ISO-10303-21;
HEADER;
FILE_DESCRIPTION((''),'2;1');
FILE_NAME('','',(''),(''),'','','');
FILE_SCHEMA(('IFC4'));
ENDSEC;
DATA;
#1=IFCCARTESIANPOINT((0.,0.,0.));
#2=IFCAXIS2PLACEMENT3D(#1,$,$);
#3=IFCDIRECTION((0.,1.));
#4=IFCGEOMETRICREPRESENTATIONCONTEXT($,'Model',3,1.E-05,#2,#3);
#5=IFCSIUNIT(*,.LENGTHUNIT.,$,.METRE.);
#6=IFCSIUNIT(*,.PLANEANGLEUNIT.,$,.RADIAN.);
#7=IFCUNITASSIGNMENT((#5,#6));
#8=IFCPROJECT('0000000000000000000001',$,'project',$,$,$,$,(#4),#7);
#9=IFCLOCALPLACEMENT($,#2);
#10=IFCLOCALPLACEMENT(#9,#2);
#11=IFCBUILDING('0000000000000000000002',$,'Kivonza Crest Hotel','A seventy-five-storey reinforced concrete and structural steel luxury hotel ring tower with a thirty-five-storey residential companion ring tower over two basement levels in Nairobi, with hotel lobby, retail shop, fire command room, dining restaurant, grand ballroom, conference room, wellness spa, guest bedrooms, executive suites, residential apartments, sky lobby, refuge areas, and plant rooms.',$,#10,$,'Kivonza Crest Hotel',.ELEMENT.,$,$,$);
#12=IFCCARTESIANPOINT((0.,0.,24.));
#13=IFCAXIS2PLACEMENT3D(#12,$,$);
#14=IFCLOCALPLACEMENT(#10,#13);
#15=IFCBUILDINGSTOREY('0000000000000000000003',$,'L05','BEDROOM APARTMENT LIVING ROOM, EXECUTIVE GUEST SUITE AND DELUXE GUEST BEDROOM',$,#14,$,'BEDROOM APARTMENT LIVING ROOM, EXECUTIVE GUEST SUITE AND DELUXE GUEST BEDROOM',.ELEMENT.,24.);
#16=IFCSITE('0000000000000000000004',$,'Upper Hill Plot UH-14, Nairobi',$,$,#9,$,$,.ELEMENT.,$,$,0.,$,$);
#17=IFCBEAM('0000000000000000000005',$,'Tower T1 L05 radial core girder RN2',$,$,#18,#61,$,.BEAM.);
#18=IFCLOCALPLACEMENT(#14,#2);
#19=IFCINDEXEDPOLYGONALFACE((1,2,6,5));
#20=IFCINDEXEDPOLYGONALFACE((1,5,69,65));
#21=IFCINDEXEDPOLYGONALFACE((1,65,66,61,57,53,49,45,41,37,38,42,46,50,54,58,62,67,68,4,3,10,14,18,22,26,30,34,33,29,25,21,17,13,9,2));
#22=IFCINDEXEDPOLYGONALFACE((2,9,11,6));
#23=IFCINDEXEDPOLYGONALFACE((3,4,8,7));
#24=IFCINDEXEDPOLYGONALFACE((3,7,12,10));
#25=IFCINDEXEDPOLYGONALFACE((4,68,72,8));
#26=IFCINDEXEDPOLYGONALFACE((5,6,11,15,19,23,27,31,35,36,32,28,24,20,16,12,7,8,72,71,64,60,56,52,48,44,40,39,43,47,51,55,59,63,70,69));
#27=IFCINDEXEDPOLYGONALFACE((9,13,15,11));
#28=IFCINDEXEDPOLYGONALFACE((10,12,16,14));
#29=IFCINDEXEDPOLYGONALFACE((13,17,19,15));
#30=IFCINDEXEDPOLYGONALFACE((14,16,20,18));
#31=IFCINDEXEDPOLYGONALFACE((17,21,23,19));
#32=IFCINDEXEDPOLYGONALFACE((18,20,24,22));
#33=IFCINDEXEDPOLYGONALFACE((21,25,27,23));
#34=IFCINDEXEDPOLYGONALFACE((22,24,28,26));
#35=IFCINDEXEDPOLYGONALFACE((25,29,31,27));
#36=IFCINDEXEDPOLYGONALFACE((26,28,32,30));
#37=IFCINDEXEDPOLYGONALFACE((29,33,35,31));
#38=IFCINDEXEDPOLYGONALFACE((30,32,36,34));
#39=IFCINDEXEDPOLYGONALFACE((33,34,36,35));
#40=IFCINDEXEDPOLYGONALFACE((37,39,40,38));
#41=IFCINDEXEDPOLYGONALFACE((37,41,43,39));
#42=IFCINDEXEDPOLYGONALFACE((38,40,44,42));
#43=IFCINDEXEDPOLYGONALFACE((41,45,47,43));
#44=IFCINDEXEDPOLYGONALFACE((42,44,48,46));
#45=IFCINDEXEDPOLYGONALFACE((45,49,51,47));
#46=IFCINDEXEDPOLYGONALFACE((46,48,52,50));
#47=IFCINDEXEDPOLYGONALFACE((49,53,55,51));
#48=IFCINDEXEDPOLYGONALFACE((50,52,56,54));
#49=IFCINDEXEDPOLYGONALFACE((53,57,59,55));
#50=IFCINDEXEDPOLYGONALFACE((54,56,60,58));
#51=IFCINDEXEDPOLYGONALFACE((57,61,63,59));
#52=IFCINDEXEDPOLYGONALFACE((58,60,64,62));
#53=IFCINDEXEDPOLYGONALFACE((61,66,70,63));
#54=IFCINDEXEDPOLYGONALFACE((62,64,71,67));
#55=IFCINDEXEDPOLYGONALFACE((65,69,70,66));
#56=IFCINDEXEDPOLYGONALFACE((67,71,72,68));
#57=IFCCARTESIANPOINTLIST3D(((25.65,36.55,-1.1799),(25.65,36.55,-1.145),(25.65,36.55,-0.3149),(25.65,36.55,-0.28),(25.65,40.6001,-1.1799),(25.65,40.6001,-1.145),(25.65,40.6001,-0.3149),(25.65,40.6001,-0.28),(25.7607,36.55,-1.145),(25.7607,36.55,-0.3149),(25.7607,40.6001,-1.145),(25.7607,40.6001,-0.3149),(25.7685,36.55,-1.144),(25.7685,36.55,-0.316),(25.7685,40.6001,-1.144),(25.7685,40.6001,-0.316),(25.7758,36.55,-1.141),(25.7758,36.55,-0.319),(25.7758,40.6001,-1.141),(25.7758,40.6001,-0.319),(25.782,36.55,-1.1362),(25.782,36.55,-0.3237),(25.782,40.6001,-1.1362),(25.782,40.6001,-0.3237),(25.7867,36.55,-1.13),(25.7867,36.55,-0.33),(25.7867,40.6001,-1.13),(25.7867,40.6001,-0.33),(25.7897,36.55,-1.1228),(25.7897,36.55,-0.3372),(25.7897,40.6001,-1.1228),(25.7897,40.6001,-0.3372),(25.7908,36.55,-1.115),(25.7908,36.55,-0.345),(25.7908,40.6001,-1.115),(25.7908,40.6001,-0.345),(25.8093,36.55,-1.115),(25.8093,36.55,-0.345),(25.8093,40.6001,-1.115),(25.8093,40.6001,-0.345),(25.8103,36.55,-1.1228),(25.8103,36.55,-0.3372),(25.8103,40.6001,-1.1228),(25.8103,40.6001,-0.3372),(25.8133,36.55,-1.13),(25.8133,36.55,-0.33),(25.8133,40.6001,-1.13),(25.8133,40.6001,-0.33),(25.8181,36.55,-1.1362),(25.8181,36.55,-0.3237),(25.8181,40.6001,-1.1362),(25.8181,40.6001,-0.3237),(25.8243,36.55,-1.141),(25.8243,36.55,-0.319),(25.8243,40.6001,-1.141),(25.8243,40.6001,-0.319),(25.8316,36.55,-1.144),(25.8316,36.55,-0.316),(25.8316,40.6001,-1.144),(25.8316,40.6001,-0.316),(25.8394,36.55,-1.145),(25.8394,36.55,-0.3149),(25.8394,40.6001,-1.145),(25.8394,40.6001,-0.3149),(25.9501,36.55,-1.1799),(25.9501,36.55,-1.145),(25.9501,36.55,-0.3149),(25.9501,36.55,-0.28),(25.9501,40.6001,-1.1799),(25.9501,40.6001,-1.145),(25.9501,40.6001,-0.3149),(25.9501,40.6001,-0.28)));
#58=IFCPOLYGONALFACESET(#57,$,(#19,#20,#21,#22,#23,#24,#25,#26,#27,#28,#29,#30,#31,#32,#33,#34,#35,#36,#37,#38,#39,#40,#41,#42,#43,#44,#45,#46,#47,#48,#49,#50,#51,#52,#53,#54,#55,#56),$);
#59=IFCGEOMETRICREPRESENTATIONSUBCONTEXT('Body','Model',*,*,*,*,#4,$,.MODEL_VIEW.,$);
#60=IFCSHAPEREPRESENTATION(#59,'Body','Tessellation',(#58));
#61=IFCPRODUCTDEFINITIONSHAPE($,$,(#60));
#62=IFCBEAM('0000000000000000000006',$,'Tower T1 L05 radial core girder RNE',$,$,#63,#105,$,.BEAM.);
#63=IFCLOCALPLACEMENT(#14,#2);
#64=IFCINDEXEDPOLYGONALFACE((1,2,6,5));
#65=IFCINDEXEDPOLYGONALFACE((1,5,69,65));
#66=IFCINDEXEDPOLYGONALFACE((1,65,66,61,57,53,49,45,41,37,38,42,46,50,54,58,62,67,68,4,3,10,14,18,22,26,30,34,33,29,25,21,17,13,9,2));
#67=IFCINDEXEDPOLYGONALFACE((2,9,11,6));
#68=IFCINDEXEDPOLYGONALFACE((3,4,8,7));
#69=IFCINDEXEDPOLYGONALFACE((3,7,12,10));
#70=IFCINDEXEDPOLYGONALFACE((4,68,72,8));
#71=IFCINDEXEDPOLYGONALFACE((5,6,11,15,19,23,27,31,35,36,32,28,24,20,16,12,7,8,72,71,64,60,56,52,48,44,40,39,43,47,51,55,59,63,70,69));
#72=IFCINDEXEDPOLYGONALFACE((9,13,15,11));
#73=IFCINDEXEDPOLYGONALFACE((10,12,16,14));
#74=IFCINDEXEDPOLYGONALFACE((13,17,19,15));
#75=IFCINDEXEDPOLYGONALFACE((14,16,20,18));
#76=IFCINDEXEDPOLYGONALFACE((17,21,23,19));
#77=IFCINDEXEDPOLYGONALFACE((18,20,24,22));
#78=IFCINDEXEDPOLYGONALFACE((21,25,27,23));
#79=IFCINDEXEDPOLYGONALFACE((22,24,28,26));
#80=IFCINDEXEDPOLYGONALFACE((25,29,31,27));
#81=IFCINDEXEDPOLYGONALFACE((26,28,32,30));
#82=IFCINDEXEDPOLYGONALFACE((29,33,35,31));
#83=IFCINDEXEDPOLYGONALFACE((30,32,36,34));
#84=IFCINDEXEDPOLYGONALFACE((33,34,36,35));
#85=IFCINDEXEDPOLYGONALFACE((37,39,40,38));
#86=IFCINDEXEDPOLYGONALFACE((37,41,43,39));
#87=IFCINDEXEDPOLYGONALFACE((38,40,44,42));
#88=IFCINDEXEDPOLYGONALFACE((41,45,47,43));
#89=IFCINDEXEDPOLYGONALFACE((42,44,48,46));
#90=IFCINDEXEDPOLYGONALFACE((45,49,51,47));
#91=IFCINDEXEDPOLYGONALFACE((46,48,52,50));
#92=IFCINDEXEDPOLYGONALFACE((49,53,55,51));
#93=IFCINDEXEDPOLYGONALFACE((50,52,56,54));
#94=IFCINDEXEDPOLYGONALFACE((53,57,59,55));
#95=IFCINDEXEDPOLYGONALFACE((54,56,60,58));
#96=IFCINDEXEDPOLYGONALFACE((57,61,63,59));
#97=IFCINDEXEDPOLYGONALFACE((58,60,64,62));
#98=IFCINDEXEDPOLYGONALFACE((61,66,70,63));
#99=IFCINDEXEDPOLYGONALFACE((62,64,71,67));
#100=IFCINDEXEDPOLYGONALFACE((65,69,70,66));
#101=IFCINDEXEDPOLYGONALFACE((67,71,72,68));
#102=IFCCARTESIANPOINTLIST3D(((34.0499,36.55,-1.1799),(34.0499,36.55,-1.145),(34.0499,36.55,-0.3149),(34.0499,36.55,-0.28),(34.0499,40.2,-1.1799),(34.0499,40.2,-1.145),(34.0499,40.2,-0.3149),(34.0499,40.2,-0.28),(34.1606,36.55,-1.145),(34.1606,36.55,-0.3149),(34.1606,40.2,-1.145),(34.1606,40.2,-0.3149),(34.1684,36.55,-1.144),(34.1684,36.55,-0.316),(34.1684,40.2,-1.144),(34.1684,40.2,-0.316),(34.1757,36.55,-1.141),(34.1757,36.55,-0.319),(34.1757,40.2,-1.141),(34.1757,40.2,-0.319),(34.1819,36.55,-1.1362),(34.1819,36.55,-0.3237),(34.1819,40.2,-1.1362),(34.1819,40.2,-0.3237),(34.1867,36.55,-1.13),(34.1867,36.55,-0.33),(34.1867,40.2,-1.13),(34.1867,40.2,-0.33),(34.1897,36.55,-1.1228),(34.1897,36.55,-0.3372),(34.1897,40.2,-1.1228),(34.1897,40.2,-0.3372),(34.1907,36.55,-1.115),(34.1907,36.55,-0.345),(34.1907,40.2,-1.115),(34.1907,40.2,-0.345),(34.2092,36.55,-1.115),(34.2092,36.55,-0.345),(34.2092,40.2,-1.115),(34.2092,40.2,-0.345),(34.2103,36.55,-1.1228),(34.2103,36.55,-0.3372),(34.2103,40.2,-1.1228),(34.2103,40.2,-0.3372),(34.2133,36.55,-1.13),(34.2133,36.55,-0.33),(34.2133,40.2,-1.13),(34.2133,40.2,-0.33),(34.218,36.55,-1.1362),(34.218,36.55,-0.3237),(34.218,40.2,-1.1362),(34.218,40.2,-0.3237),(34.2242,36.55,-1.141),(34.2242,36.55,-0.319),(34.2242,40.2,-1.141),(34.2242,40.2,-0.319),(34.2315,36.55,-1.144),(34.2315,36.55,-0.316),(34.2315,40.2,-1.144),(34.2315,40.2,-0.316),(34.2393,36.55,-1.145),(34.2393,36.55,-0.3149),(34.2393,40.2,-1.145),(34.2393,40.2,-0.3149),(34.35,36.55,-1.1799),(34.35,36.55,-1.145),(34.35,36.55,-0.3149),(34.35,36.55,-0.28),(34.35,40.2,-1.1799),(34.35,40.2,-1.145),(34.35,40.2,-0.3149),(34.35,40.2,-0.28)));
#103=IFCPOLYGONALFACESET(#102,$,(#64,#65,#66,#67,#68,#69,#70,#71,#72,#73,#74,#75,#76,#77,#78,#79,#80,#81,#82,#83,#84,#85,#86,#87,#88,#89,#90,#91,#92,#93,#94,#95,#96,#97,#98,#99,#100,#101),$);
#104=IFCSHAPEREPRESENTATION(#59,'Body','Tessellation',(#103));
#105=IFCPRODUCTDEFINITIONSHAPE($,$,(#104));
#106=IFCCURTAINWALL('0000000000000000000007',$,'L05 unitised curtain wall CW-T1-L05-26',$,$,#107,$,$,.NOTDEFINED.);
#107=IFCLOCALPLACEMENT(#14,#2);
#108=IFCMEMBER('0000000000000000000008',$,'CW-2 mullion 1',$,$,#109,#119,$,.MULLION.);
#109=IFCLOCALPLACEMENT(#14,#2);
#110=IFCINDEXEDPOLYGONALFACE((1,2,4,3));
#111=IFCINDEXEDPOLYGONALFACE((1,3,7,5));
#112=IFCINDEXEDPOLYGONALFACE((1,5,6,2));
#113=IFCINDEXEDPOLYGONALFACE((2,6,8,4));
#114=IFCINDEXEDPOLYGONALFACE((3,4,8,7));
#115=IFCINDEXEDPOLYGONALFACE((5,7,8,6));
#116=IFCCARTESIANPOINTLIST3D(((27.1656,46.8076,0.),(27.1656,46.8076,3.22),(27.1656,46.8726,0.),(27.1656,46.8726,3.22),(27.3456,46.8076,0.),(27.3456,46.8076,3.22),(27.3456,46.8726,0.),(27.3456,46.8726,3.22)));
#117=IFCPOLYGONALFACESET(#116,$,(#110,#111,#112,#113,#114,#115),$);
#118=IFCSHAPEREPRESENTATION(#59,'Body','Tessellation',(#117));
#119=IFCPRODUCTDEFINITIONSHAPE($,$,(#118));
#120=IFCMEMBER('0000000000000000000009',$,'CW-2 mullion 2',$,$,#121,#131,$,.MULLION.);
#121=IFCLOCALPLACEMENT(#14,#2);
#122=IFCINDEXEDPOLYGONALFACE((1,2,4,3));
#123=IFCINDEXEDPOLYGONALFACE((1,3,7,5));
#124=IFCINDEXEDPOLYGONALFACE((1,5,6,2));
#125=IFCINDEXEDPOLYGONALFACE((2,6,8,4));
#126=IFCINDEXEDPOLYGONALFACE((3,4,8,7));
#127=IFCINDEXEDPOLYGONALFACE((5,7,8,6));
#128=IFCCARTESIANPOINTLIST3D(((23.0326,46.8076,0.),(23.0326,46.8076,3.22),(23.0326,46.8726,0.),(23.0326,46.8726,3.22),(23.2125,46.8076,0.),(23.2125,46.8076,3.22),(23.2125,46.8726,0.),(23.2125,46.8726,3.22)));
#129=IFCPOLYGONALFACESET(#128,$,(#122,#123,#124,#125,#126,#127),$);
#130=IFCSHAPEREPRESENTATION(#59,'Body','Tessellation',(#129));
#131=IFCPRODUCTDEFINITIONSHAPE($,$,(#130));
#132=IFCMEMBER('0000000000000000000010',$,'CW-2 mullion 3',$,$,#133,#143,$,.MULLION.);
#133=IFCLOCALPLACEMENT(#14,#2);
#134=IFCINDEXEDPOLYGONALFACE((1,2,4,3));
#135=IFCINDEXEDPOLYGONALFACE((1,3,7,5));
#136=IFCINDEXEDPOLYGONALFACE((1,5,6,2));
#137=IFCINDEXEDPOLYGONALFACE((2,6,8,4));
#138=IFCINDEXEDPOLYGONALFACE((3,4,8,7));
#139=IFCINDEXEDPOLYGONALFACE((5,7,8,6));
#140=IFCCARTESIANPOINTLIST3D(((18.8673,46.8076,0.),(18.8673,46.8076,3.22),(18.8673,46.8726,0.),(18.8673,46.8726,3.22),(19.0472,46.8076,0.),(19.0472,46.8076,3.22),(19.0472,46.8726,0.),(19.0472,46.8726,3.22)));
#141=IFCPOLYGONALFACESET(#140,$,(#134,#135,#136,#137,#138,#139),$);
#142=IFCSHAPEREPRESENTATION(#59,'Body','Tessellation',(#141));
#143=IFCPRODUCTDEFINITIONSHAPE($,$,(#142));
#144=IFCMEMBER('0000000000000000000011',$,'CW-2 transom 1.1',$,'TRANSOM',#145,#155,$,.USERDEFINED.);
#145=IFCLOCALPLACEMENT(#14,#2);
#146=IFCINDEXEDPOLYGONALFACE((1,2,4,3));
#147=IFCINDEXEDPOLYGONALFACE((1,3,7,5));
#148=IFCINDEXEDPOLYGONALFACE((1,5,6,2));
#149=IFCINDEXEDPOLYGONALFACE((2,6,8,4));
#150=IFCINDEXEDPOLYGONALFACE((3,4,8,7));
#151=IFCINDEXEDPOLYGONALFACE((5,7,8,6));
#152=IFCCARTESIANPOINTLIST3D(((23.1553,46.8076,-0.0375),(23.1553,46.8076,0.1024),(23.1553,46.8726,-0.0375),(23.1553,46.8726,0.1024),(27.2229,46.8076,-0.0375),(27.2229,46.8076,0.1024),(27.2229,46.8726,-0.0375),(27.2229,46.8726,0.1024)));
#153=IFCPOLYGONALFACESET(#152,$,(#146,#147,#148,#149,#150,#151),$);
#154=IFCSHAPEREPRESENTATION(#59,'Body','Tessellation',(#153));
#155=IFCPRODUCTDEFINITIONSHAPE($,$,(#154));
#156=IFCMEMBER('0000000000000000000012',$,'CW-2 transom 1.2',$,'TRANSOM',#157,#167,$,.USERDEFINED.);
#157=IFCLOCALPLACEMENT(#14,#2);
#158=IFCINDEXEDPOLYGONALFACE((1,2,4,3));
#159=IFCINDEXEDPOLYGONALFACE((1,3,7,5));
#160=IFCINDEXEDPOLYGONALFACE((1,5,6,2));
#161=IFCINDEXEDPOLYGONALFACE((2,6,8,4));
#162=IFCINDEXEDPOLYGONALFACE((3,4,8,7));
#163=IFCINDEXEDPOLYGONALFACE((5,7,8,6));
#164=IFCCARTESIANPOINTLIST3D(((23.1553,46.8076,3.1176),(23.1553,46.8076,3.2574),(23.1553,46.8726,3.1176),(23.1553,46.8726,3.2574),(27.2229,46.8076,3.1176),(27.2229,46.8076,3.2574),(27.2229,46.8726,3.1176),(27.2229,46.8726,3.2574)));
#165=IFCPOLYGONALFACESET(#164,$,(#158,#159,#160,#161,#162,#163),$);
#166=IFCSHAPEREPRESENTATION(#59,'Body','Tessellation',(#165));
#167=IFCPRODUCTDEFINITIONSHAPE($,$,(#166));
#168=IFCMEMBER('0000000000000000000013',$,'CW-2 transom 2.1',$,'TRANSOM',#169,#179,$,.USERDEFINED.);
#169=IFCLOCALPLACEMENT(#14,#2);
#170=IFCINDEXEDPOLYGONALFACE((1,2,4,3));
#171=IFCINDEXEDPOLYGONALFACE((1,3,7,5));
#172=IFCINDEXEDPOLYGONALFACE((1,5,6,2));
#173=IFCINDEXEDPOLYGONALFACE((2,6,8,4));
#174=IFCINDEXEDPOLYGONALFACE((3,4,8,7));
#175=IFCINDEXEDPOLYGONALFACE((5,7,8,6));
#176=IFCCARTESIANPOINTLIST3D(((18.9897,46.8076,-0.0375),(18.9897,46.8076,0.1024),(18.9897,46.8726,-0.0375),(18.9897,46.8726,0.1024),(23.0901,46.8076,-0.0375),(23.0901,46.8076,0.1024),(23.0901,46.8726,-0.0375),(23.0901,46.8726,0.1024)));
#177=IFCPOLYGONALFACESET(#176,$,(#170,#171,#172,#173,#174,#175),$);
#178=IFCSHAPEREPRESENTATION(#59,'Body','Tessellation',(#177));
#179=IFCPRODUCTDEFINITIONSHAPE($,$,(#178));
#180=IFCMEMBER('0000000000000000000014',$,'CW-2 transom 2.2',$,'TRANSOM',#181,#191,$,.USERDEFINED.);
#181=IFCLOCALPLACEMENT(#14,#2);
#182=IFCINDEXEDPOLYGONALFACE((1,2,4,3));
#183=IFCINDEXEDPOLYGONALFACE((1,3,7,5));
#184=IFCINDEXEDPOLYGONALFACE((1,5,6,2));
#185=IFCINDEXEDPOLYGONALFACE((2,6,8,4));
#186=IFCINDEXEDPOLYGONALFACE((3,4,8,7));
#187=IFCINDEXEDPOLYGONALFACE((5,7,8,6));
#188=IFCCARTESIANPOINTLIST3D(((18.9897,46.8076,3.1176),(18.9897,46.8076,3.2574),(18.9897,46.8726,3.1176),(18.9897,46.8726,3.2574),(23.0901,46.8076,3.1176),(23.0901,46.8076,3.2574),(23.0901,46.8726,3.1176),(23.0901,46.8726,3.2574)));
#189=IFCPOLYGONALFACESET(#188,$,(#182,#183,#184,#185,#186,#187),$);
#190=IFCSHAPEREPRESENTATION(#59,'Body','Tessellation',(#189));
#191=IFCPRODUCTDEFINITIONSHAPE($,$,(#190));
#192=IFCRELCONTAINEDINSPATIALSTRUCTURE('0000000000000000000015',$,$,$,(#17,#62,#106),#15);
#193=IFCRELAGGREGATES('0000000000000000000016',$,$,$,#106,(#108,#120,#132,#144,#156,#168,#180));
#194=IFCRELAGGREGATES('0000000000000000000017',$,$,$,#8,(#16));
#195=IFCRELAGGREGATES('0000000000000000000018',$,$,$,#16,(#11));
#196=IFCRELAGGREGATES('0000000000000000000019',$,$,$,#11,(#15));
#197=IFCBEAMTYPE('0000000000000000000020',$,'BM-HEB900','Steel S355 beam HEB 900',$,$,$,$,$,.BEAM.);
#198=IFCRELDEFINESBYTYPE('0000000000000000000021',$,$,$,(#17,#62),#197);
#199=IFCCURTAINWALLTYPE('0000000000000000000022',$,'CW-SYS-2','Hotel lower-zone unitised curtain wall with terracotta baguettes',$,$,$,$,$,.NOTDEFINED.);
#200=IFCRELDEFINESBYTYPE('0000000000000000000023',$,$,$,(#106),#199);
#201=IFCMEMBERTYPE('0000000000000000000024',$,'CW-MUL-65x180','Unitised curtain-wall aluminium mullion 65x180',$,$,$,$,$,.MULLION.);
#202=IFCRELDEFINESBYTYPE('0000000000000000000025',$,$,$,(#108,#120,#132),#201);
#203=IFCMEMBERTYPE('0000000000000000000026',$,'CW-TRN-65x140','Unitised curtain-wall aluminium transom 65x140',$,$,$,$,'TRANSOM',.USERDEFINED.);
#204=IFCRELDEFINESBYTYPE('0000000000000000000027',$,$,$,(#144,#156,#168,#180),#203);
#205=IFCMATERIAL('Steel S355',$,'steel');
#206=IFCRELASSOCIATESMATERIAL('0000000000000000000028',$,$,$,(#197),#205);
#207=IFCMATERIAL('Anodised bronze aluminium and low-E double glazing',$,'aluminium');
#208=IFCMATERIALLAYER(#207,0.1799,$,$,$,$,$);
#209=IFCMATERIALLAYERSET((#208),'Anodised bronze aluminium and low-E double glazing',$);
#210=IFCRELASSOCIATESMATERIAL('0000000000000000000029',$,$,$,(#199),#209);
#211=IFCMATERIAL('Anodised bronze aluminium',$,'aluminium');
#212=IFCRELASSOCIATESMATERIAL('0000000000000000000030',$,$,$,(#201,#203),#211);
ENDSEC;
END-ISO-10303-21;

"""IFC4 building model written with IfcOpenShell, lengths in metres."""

from ifc_helpers import new_model, si_unit, direction, frame, origin, origin_2d, place, context, subcontext, project, spatial, rectangle, i_section, extrude, material, layer, layer_set, material_profile, profile_set, type_object, element, aggregate, save


model = new_model("IFC4")

# Units and contexts
model_context = context("Model", 3, precision=1e-05, world=origin(), true_north=direction((0.0, 1.0)))
body_context = subcontext(model_context, "Body", "Model", "MODEL_VIEW")
ifc_project = project(units=[si_unit("LENGTHUNIT", "METRE"), si_unit("PLANEANGLEUNIT", "RADIAN")], contexts=[model_context])

# Site, building, storey
site_placement = place(None, origin())
site = spatial("IfcSite", under=ifc_project, at=site_placement, Name="Upper Hill Plot UH-14, Nairobi", CompositionType="ELEMENT", RefElevation=0.0)
building_placement = place(site_placement, origin())
building = spatial("IfcBuilding", under=site, at=building_placement, Name="Kivonza Crest Hotel", Description="A seventy-five-storey reinforced concrete and structural steel luxury hotel ring tower with a thirty-five-storey residential companion ring tower over two basement levels in Nairobi, with hotel lobby, retail shop, fire command room, dining restaurant, grand ballroom, conference room, wellness spa, guest bedrooms, executive suites, residential apartments, sky lobby, refuge areas, and plant rooms.", LongName="Kivonza Crest Hotel", CompositionType="ELEMENT")
storey_placement = place(building_placement, frame((0.0, 0.0, 24.0)))
storey = spatial("IfcBuildingStorey", under=building, at=storey_placement, Name="L05", Description="BEDROOM APARTMENT LIVING ROOM, EXECUTIVE GUEST SUITE AND DELUXE GUEST BEDROOM", LongName="BEDROOM APARTMENT LIVING ROOM, EXECUTIVE GUEST SUITE AND DELUXE GUEST BEDROOM", CompositionType="ELEMENT", Elevation=24.0)

# Beams
ifc_material_1 = material(Name="Steel S355", Category="steel")
ifc_material_profile_1 = material_profile(ifc_material_1, i_section(OverallWidth=0.3, OverallDepth=0.8999, WebThickness=0.0186, FlangeThickness=0.0349, FilletRadius=0.03, at=origin_2d()), Name="HEB 900")
ifc_profile_set_1 = profile_set([ifc_material_profile_1], Name="Steel S355")
beam_type_1 = type_object("IfcBeamType", Name="BM-HEB900", Description="Steel S355 beam HEB 900", PredefinedType="BEAM", material=ifc_profile_set_1)
beam_1_placement = place(storey_placement, frame((25.8, 40.6001, -0.73), z_axis=(0.0, -1.0, 0.0), x_axis=(1.0, 0.0, 0.0)))
element("IfcBeam", 1, at=beam_1_placement, inside=storey, type_object=beam_type_1, Name="Tower T1 L05 radial core girder RN2", PredefinedType="BEAM", context=body_context, shape_type="SweptSolid", body=[
    extrude(i_section(OverallWidth=0.3, OverallDepth=0.8999, WebThickness=0.0186, FlangeThickness=0.0349, FilletRadius=0.03, at=origin_2d()), origin(), (0.0, 0.0, 1.0), 4.05),
])
beam_2_placement = place(storey_placement, frame((34.2, 40.2, -0.73), z_axis=(0.0, -1.0, 0.0), x_axis=(1.0, 0.0, 0.0)))
element("IfcBeam", 2, at=beam_2_placement, inside=storey, type_object=beam_type_1, Name="Tower T1 L05 radial core girder RNE", PredefinedType="BEAM", context=body_context, shape_type="SweptSolid", body=[
    extrude(i_section(OverallWidth=0.3, OverallDepth=0.8999, WebThickness=0.0186, FlangeThickness=0.0349, FilletRadius=0.03, at=origin_2d()), origin(), (0.0, 0.0, 1.0), 3.6499),
])

# Curtain wall, members
ifc_material_2 = material(Name="Anodised bronze aluminium and low-E double glazing", Category="aluminium")
ifc_layer_1 = layer(ifc_material_2, 0.1799)
ifc_layer_set_1 = layer_set([ifc_layer_1], Name="Anodised bronze aluminium and low-E double glazing")
curtain_wall_type = type_object("IfcCurtainWallType", Name="CW-SYS-2", Description="Hotel lower-zone unitised curtain wall with terracotta baguettes", PredefinedType="NOTDEFINED", material=ifc_layer_set_1)
curtain_wall_placement = place(storey_placement, origin())
curtain_wall = element("IfcCurtainWall", 3, at=curtain_wall_placement, inside=storey, type_object=curtain_wall_type, Name="L05 unitised curtain wall CW-T1-L05-26", PredefinedType="NOTDEFINED")
ifc_material_3 = material(Name="Anodised bronze aluminium", Category="aluminium")
ifc_material_profile_2 = material_profile(ifc_material_3, rectangle(XDim=0.0649, YDim=0.1799, at=origin_2d()), Name="CW-M 65x180")
ifc_profile_set_2 = profile_set([ifc_material_profile_2], Name="Anodised bronze aluminium")
member_type_1 = type_object("IfcMemberType", Name="CW-MUL-65x180", Description="Unitised curtain-wall aluminium mullion 65x180", PredefinedType="MULLION", material=ifc_profile_set_2)
member_1_placement = place(storey_placement, frame((27.2556, 46.8401, 0.0), z_axis=(0.0, 0.0, 1.0), x_axis=(0.0, -1.0, 0.0)))
member_1 = element("IfcMember", 4, at=member_1_placement, type_object=member_type_1, Name="CW-2 mullion 1", PredefinedType="MULLION", context=body_context, shape_type="SweptSolid", body=[
    extrude(rectangle(XDim=0.0649, YDim=0.1799, at=origin_2d()), origin(), (0.0, 0.0, 1.0), 3.22),
])
member_2_placement = place(storey_placement, frame((23.1226, 46.8401, 0.0), z_axis=(0.0, 0.0, 1.0), x_axis=(0.0, -1.0, 0.0)))
member_2 = element("IfcMember", 5, at=member_2_placement, type_object=member_type_1, Name="CW-2 mullion 2", PredefinedType="MULLION", context=body_context, shape_type="SweptSolid", body=[
    extrude(rectangle(XDim=0.0649, YDim=0.1799, at=origin_2d()), origin(), (0.0, 0.0, 1.0), 3.22),
])
member_3_placement = place(storey_placement, frame((18.9573, 46.8401, 0.0), z_axis=(0.0, 0.0, 1.0), x_axis=(0.0, -1.0, 0.0)))
member_3 = element("IfcMember", 6, at=member_3_placement, type_object=member_type_1, Name="CW-2 mullion 3", PredefinedType="MULLION", context=body_context, shape_type="SweptSolid", body=[
    extrude(rectangle(XDim=0.0649, YDim=0.1799, at=origin_2d()), origin(), (0.0, 0.0, 1.0), 3.22),
])
ifc_material_profile_3 = material_profile(ifc_material_3, rectangle(XDim=0.0649, YDim=0.1399, at=origin_2d()), Name="CW-T 65x140")
ifc_profile_set_3 = profile_set([ifc_material_profile_3], Name="Anodised bronze aluminium")
member_type_2 = type_object("IfcMemberType", Name="CW-TRN-65x140", Description="Unitised curtain-wall aluminium transom 65x140", ElementType="TRANSOM", PredefinedType="USERDEFINED", material=ifc_profile_set_3)
member_4_placement = place(storey_placement, frame((27.2229, 46.8401, 0.0325), z_axis=(-1.0, 0.0, 0.0), x_axis=(0.0, -1.0, 0.0)))
member_4 = element("IfcMember", 7, at=member_4_placement, type_object=member_type_2, Name="CW-2 transom 1.1", ObjectType="TRANSOM", PredefinedType="USERDEFINED", context=body_context, shape_type="SweptSolid", body=[
    extrude(rectangle(XDim=0.0649, YDim=0.1399, at=origin_2d()), origin(), (0.0, 0.0, 1.0), 4.0676),
])
member_5_placement = place(storey_placement, frame((27.2229, 46.8401, 3.1875), z_axis=(-1.0, 0.0, 0.0), x_axis=(0.0, -1.0, 0.0)))
member_5 = element("IfcMember", 8, at=member_5_placement, type_object=member_type_2, Name="CW-2 transom 1.2", ObjectType="TRANSOM", PredefinedType="USERDEFINED", context=body_context, shape_type="SweptSolid", body=[
    extrude(rectangle(XDim=0.0649, YDim=0.1399, at=origin_2d()), origin(), (0.0, 0.0, 1.0), 4.0676),
])
member_6_placement = place(storey_placement, frame((23.0901, 46.8401, 0.0325), z_axis=(-1.0, 0.0, 0.0), x_axis=(0.0, -1.0, 0.0)))
member_6 = element("IfcMember", 9, at=member_6_placement, type_object=member_type_2, Name="CW-2 transom 2.1", ObjectType="TRANSOM", PredefinedType="USERDEFINED", context=body_context, shape_type="SweptSolid", body=[
    extrude(rectangle(XDim=0.0649, YDim=0.1399, at=origin_2d()), origin(), (0.0, 0.0, 1.0), 4.1003),
])
member_7_placement = place(storey_placement, frame((23.0901, 46.8401, 3.1875), z_axis=(-1.0, 0.0, 0.0), x_axis=(0.0, -1.0, 0.0)))
member_7 = element("IfcMember", 10, at=member_7_placement, type_object=member_type_2, Name="CW-2 transom 2.2", ObjectType="TRANSOM", PredefinedType="USERDEFINED", context=body_context, shape_type="SweptSolid", body=[
    extrude(rectangle(XDim=0.0649, YDim=0.1399, at=origin_2d()), origin(), (0.0, 0.0, 1.0), 4.1003),
])
aggregate(curtain_wall, [member_1, member_2, member_3, member_4, member_5, member_6, member_7])

save(model, "model.ifc")
